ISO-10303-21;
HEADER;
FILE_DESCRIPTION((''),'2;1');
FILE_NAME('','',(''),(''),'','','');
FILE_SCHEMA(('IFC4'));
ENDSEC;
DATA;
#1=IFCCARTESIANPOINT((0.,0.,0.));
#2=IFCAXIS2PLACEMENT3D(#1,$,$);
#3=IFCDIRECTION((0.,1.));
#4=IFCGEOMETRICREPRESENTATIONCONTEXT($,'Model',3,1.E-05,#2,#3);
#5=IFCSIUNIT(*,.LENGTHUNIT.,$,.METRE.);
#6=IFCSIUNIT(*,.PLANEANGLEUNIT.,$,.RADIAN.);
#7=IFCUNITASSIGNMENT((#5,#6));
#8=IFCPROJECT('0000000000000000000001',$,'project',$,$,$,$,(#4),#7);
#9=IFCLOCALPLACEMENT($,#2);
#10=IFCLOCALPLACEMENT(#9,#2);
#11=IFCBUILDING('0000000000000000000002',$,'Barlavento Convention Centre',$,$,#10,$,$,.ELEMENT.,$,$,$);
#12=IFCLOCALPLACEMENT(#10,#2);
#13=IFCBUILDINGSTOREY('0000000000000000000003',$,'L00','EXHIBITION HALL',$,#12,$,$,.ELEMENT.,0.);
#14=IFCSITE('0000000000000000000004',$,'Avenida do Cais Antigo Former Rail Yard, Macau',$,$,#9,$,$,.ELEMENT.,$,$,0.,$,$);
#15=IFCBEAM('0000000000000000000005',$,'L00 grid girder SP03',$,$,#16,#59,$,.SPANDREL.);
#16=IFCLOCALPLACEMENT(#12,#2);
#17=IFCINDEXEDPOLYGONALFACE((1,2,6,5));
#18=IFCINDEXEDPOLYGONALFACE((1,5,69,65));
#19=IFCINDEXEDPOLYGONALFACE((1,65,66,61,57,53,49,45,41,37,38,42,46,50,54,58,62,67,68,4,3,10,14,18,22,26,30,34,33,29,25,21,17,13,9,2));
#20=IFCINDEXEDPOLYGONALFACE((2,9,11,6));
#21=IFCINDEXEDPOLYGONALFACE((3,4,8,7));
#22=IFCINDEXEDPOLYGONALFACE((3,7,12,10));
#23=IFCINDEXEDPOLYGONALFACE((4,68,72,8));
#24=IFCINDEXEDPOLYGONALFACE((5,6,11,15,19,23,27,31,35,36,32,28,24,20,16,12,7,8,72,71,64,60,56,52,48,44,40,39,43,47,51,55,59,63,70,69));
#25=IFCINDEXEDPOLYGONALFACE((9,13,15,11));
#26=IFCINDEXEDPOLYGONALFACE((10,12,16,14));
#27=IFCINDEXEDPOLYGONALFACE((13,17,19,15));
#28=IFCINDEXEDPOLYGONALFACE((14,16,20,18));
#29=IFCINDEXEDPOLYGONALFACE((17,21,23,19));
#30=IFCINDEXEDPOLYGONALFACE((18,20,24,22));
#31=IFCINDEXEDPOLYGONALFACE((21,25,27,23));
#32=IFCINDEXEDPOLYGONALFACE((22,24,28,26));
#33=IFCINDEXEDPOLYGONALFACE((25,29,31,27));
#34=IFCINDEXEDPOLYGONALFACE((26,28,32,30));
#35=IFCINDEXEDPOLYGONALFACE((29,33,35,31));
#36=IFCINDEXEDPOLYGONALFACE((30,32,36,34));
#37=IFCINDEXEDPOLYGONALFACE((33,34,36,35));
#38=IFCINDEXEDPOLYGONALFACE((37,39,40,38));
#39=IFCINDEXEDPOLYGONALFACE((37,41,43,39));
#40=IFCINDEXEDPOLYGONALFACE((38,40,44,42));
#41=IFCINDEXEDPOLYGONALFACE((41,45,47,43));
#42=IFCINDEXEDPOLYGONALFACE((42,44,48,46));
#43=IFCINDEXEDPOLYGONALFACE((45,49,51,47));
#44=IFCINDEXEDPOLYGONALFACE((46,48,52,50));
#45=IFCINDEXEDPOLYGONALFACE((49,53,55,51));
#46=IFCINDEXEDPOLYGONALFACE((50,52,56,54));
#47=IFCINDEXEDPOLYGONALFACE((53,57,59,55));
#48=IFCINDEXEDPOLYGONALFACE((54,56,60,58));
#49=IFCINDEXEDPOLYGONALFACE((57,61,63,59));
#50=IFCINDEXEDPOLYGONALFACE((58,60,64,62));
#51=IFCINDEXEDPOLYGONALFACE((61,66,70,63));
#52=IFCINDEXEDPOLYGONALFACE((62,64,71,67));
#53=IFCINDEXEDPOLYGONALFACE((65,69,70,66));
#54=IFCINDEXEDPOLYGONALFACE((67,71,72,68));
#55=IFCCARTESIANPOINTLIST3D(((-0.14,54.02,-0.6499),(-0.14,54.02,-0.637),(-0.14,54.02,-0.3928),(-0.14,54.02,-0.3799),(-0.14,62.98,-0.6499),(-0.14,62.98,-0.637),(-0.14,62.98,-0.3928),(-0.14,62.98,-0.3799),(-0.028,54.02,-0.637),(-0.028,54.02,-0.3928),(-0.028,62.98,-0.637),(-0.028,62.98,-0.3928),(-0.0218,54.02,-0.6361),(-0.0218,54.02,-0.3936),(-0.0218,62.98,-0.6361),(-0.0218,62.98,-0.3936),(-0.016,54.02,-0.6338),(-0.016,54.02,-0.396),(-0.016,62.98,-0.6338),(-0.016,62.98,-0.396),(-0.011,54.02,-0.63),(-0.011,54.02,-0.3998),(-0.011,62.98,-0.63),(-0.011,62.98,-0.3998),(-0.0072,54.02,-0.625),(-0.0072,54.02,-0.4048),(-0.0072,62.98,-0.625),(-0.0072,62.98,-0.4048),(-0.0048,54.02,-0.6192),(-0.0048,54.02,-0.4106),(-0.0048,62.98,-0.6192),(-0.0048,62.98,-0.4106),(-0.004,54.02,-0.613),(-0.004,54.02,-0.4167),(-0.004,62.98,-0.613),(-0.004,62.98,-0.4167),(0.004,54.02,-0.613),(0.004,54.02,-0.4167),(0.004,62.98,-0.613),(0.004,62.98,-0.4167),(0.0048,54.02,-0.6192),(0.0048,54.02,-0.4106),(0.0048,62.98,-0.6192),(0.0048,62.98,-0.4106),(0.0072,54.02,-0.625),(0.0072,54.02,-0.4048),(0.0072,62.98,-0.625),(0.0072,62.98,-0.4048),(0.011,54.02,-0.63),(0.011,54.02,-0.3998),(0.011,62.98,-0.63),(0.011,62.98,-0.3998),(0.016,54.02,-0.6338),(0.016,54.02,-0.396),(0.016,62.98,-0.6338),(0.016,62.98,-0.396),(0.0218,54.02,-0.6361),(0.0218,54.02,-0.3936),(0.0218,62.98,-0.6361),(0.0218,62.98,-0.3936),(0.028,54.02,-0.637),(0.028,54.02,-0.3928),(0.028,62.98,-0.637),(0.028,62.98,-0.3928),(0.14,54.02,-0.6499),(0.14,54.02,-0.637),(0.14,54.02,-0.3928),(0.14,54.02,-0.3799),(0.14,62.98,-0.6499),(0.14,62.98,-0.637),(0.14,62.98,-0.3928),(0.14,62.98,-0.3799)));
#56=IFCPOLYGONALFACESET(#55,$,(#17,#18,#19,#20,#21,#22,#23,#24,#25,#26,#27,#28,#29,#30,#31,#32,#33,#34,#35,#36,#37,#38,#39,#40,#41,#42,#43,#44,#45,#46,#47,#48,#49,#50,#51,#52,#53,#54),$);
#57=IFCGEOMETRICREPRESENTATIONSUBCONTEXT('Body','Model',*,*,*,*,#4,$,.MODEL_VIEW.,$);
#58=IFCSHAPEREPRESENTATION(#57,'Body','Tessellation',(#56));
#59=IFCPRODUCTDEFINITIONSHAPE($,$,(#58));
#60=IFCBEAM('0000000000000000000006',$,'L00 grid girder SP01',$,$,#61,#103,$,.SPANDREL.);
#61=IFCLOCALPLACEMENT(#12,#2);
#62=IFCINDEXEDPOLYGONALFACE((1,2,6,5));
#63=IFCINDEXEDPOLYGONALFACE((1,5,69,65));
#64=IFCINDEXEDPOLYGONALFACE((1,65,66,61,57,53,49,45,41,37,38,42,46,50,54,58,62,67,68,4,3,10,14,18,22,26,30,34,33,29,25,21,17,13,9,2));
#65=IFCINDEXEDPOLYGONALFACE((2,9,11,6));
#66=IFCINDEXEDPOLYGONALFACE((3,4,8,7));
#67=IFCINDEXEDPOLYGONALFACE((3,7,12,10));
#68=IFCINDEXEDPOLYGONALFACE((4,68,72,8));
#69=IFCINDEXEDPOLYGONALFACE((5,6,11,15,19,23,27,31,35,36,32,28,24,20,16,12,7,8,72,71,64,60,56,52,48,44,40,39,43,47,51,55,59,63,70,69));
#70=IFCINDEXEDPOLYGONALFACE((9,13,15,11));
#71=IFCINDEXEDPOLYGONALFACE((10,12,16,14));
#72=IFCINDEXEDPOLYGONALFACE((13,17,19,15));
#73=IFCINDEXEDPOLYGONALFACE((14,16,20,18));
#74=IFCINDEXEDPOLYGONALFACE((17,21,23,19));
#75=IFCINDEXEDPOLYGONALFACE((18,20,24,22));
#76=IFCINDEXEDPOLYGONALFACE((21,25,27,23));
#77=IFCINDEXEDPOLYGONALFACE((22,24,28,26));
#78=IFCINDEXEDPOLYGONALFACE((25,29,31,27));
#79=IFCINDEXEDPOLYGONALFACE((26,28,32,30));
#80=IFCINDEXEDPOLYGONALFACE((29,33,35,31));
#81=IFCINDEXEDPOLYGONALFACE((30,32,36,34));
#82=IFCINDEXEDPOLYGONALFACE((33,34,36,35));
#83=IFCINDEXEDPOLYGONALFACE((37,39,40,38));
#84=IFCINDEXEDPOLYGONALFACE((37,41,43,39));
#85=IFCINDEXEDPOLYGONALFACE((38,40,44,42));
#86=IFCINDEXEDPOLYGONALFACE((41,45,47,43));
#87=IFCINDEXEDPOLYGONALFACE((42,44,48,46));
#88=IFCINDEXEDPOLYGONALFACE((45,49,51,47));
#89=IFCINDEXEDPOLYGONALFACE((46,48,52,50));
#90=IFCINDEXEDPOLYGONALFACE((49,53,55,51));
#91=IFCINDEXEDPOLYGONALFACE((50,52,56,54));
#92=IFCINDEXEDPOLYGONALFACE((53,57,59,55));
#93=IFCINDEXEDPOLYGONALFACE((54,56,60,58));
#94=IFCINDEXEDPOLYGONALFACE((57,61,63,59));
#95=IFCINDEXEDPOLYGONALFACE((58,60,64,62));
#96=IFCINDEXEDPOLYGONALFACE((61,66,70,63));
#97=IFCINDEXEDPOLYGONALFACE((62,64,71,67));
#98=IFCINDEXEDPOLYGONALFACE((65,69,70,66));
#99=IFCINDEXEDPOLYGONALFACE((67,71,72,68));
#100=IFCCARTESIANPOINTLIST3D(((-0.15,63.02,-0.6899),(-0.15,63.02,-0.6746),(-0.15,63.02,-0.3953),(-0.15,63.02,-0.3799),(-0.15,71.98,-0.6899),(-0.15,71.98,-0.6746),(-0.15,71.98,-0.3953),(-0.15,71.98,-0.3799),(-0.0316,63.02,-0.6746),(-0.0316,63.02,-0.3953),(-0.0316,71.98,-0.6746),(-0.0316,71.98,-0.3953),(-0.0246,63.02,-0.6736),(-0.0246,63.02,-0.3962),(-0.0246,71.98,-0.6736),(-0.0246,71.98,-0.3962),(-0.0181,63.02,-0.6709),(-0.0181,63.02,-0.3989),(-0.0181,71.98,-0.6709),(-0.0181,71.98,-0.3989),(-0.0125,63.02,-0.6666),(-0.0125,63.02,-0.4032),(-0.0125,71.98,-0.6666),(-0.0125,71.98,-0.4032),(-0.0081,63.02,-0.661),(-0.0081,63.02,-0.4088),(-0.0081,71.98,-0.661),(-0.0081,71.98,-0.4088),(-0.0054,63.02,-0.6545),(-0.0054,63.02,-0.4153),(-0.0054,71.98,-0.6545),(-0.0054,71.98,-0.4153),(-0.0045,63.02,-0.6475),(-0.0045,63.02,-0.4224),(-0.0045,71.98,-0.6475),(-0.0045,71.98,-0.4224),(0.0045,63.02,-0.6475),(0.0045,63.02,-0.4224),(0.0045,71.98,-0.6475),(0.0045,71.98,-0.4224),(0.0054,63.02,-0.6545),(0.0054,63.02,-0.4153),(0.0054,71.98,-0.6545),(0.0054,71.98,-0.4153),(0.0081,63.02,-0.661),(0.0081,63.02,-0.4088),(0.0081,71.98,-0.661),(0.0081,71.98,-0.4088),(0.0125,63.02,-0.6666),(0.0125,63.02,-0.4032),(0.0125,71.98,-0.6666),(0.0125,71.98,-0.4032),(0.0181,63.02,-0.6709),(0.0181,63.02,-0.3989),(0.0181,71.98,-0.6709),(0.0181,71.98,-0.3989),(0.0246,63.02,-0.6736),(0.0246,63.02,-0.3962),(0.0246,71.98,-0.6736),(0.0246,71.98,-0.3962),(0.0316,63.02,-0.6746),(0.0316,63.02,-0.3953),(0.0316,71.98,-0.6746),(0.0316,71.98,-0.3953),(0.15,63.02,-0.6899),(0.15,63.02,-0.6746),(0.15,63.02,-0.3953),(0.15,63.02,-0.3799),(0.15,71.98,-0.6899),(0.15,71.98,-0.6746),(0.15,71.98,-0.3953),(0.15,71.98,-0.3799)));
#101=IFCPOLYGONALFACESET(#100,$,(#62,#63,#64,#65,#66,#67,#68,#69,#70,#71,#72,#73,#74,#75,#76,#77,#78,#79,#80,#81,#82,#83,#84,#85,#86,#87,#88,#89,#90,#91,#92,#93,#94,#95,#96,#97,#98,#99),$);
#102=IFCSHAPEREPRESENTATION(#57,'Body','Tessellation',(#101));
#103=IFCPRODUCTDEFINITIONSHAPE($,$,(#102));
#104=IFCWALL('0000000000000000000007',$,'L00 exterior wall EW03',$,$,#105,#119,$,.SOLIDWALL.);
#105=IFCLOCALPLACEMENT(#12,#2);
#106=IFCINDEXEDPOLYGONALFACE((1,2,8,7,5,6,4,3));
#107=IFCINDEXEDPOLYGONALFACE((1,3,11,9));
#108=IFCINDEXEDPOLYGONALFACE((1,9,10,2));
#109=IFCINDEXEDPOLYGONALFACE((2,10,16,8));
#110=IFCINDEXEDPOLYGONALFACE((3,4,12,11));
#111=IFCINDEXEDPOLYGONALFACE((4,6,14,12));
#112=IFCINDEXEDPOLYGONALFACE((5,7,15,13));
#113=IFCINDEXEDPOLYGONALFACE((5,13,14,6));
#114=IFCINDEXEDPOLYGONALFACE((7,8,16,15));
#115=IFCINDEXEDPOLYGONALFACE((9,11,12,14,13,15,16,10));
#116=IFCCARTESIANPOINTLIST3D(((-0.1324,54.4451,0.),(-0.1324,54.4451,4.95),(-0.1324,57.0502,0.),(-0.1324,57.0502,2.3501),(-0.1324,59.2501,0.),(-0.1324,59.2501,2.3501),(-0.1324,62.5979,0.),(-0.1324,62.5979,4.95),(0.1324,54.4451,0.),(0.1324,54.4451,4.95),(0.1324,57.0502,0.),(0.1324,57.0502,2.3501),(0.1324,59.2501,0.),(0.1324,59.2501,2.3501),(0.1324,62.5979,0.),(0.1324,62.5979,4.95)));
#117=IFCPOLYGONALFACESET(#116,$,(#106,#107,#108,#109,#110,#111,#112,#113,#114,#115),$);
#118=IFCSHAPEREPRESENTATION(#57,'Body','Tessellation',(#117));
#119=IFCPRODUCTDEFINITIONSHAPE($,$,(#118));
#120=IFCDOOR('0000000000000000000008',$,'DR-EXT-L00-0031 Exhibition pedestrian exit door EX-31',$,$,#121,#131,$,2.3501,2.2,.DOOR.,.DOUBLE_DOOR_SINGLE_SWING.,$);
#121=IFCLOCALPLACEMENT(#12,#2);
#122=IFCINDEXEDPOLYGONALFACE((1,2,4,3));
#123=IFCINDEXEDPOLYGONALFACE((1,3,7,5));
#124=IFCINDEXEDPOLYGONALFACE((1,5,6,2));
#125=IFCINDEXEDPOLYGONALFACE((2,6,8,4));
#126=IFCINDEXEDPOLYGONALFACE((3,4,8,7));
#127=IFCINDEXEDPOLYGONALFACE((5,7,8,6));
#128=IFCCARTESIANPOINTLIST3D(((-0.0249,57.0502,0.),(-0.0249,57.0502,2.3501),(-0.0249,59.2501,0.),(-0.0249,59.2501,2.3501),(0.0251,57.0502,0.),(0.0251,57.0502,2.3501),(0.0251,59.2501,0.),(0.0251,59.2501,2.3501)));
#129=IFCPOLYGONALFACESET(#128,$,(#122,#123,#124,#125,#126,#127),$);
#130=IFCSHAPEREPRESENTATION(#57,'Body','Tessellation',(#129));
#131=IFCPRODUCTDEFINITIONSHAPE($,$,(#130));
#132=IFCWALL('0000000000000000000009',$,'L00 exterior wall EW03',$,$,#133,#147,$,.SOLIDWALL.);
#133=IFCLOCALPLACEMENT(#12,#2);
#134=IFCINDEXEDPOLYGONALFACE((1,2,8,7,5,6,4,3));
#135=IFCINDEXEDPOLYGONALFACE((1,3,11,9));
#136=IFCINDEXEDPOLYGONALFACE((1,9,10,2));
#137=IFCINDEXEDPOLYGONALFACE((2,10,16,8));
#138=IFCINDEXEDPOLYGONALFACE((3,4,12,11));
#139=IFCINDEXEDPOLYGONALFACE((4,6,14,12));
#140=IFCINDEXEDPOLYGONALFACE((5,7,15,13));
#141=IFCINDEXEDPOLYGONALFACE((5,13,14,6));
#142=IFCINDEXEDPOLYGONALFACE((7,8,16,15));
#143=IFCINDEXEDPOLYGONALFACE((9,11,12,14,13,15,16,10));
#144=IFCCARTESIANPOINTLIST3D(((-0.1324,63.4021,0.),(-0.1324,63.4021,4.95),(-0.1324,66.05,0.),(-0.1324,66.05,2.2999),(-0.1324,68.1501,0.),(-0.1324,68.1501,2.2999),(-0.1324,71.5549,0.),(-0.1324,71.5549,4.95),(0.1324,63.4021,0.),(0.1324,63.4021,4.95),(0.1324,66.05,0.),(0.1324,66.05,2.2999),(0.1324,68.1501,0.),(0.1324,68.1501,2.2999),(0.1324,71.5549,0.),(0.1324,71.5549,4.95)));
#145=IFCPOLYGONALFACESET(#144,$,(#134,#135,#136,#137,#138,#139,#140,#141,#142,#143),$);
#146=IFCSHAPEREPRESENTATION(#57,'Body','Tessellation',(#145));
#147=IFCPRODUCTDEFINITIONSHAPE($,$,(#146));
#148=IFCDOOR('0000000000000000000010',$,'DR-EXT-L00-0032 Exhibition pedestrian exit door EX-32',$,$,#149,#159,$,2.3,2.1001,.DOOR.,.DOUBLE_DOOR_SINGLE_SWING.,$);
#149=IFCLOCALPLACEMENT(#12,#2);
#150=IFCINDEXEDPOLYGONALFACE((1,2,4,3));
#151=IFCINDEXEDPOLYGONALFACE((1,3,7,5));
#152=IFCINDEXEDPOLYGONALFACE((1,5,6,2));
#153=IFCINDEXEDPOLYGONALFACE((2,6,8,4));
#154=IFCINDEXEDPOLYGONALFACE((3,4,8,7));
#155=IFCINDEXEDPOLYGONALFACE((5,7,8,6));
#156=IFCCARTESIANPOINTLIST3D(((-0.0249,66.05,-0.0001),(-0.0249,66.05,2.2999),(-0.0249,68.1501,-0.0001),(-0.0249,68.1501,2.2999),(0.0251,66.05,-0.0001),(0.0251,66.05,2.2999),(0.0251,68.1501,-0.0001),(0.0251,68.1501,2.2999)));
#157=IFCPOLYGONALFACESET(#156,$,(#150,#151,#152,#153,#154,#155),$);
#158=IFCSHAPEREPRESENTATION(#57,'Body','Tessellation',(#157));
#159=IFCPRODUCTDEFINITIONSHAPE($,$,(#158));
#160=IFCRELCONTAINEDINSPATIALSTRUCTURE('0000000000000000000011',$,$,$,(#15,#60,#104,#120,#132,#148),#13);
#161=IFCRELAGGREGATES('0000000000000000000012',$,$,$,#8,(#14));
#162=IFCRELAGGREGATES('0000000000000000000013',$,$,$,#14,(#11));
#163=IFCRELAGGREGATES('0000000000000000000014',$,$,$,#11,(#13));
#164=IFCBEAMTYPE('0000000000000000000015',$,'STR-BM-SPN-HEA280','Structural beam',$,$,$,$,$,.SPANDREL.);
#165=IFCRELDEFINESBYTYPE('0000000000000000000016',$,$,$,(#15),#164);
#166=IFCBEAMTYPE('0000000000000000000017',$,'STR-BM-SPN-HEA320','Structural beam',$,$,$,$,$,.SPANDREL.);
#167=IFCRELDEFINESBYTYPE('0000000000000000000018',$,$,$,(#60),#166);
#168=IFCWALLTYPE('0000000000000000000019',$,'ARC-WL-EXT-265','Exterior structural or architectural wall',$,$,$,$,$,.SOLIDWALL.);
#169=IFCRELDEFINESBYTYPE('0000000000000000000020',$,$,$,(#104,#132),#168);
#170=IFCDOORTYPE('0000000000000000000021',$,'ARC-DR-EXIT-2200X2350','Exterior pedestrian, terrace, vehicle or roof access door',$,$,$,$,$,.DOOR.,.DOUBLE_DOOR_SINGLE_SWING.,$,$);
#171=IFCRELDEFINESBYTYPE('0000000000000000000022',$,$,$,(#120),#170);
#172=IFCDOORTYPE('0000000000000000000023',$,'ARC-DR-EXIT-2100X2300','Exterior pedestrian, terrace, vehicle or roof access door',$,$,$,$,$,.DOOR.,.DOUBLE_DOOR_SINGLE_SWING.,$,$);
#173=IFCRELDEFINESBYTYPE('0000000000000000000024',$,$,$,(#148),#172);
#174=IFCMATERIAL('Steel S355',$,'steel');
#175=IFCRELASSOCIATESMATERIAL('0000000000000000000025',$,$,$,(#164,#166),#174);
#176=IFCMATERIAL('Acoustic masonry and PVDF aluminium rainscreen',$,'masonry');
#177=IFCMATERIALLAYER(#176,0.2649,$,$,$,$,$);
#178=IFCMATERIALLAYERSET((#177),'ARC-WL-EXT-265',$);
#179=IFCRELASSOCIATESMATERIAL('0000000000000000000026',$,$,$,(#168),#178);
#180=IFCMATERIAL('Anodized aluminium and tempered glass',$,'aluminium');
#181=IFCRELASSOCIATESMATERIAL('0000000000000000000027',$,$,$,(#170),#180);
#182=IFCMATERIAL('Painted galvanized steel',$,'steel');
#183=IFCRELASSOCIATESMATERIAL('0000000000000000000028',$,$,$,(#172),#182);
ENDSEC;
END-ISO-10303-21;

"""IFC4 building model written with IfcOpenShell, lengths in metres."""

from ifc_helpers import new_model, si_unit, direction, frame, frame_2d, origin, origin_2d, place, context, subcontext, project, spatial, rectangle, i_section, extrude, material, layer, layer_set, material_profile, profile_set, type_object, element, fill, save


model = new_model("IFC4")

# Units and contexts
model_context = context("Model", 3, precision=1e-05, world=origin(), true_north=direction((0.0, 1.0)))
body_context = subcontext(model_context, "Body", "Model", "MODEL_VIEW")
ifc_project = project(units=[si_unit("LENGTHUNIT", "METRE"), si_unit("PLANEANGLEUNIT", "RADIAN")], contexts=[model_context])

# Site, building, storey
site_placement = place(None, origin())
site = spatial("IfcSite", under=ifc_project, at=site_placement, Name="Avenida do Cais Antigo Former Rail Yard, Macau", CompositionType="ELEMENT", RefElevation=0.0)
building_placement = place(site_placement, origin())
building = spatial("IfcBuilding", under=site, at=building_placement, Name="Barlavento Convention Centre", CompositionType="ELEMENT")
storey_placement = place(building_placement, origin())
storey = spatial("IfcBuildingStorey", under=building, at=storey_placement, Name="L00", Description="EXHIBITION HALL", CompositionType="ELEMENT", Elevation=0.0)

# Beams
ifc_material_1 = material(Name="Steel S355", Category="steel")
ifc_material_profile_1 = material_profile(ifc_material_1, i_section(OverallWidth=0.28, OverallDepth=0.27, WebThickness=0.0081, FlangeThickness=0.0129, FilletRadius=0.0239, at=origin_2d()), Name="HEA 280")
ifc_profile_set_1 = profile_set([ifc_material_profile_1], Name="Steel S355")
beam_type_1 = type_object("IfcBeamType", Name="STR-BM-SPN-HEA280", Description="Structural beam", PredefinedType="SPANDREL", material=ifc_profile_set_1)
beam_1_placement = place(storey_placement, frame((0.0, 54.02, -0.5149), z_axis=(0.0, 1.0, 0.0), x_axis=(-1.0, 0.0, 0.0)))
element("IfcBeam", 1, at=beam_1_placement, inside=storey, type_object=beam_type_1, Name="L00 grid girder SP03", PredefinedType="SPANDREL", context=body_context, shape_type="SweptSolid", body=[
    extrude(i_section(OverallWidth=0.28, OverallDepth=0.27, WebThickness=0.0081, FlangeThickness=0.0129, FilletRadius=0.0239, at=origin_2d()), origin(), (0.0, 0.0, 1.0), 8.96),
])
ifc_material_profile_2 = material_profile(ifc_material_1, i_section(OverallWidth=0.3, OverallDepth=0.3101, WebThickness=0.009, FlangeThickness=0.0154, FilletRadius=0.0271, at=origin_2d()), Name="HEA 320")
ifc_profile_set_2 = profile_set([ifc_material_profile_2], Name="Steel S355")
beam_type_2 = type_object("IfcBeamType", Name="STR-BM-SPN-HEA320", Description="Structural beam", PredefinedType="SPANDREL", material=ifc_profile_set_2)
beam_2_placement = place(storey_placement, frame((0.0, 63.02, -0.5349), z_axis=(0.0, 1.0, 0.0), x_axis=(-1.0, 0.0, 0.0)))
element("IfcBeam", 2, at=beam_2_placement, inside=storey, type_object=beam_type_2, Name="L00 grid girder SP01", PredefinedType="SPANDREL", context=body_context, shape_type="SweptSolid", body=[
    extrude(i_section(OverallWidth=0.3, OverallDepth=0.3101, WebThickness=0.009, FlangeThickness=0.0154, FilletRadius=0.0271, at=origin_2d()), origin(), (0.0, 0.0, 1.0), 8.96),
])

# Walls, openings, doors
ifc_material_2 = material(Name="Acoustic masonry and PVDF aluminium rainscreen", Category="masonry")
ifc_layer_1 = layer(ifc_material_2, 0.2649)
ifc_layer_set_1 = layer_set([ifc_layer_1], Name="ARC-WL-EXT-265")
wall_type_1 = type_object("IfcWallType", Name="ARC-WL-EXT-265", Description="Exterior structural or architectural wall", PredefinedType="SOLIDWALL", material=ifc_layer_set_1)
wall_1_placement = place(storey_placement, frame((0.0, 54.4451, 0.0), z_axis=(0.0, 0.0, 1.0), x_axis=(0.0, 1.0, 0.0)))
wall_1 = element("IfcWall", 3, at=wall_1_placement, inside=storey, type_object=wall_type_1, Name="L00 exterior wall EW03", PredefinedType="SOLIDWALL", context=body_context, shape_type="SweptSolid", body=[
    extrude(rectangle(XDim=8.1528, YDim=0.2649, at=frame_2d((4.0764, 0.0))), origin(), (0.0, 0.0, 1.0), 4.95),
])
opening_1_placement = place(wall_1_placement, frame((2.605, 0.0, 0.0)))
opening_1 = element("IfcOpeningElement", 4, at=opening_1_placement, cuts=wall_1, PredefinedType="OPENING", context=body_context, shape_type="SweptSolid", body=[
    extrude(rectangle(XDim=2.2, YDim=2.3501, at=frame_2d((1.1001, 1.175))), frame((0.0, 0.1423, 0.0), z_axis=(0.0, -1.0, 0.0), x_axis=(1.0, 0.0, 0.0)), (0.0, 0.0, 1.0), 0.2849),
])
ifc_material_3 = material(Name="Anodized aluminium and tempered glass", Category="aluminium")
door_type_1 = type_object("IfcDoorType", Name="ARC-DR-EXIT-2200X2350", Description="Exterior pedestrian, terrace, vehicle or roof access door", OperationType="DOUBLE_DOOR_SINGLE_SWING", PredefinedType="DOOR", material=ifc_material_3)
door_1_placement = place(opening_1_placement, origin())
door_1 = element("IfcDoor", 5, at=door_1_placement, inside=storey, type_object=door_type_1, Name="DR-EXT-L00-0031 Exhibition pedestrian exit door EX-31", OperationType="DOUBLE_DOOR_SINGLE_SWING", OverallHeight=2.3501, OverallWidth=2.2, PredefinedType="DOOR", context=body_context, shape_type="SweptSolid", body=[
    extrude(rectangle(XDim=2.2, YDim=2.3501, at=frame_2d((1.1001, 1.175))), frame((0.0, 0.0249, 0.0), z_axis=(0.0, -1.0, 0.0), x_axis=(1.0, 0.0, 0.0)), (0.0, 0.0, 1.0), 0.05),
])
fill(opening_1, door_1)
wall_2_placement = place(storey_placement, frame((0.0, 63.4021, 0.0), z_axis=(0.0, 0.0, 1.0), x_axis=(0.0, 1.0, 0.0)))
wall_2 = element("IfcWall", 6, at=wall_2_placement, inside=storey, type_object=wall_type_1, Name="L00 exterior wall EW03", PredefinedType="SOLIDWALL", context=body_context, shape_type="SweptSolid", body=[
    extrude(rectangle(XDim=8.1528, YDim=0.2649, at=frame_2d((4.0764, 0.0))), origin(), (0.0, 0.0, 1.0), 4.95),
])
opening_2_placement = place(wall_2_placement, frame((2.6479, 0.0, 0.0)))
opening_2 = element("IfcOpeningElement", 7, at=opening_2_placement, cuts=wall_2, PredefinedType="OPENING", context=body_context, shape_type="SweptSolid", body=[
    extrude(rectangle(XDim=2.1001, YDim=2.3, at=frame_2d((1.05, 1.1499))), frame((0.0, 0.1423, 0.0), z_axis=(0.0, -1.0, 0.0), x_axis=(1.0, 0.0, 0.0)), (0.0, 0.0, 1.0), 0.2849),
])
ifc_material_4 = material(Name="Painted galvanized steel", Category="steel")
door_type_2 = type_object("IfcDoorType", Name="ARC-DR-EXIT-2100X2300", Description="Exterior pedestrian, terrace, vehicle or roof access door", OperationType="DOUBLE_DOOR_SINGLE_SWING", PredefinedType="DOOR", material=ifc_material_4)
door_2_placement = place(opening_2_placement, origin())
door_2 = element("IfcDoor", 8, at=door_2_placement, inside=storey, type_object=door_type_2, Name="DR-EXT-L00-0032 Exhibition pedestrian exit door EX-32", OperationType="DOUBLE_DOOR_SINGLE_SWING", OverallHeight=2.3, OverallWidth=2.1001, PredefinedType="DOOR", context=body_context, shape_type="SweptSolid", body=[
    extrude(rectangle(XDim=2.1001, YDim=2.3, at=frame_2d((1.05, 1.1499))), frame((0.0, 0.0249, 0.0), z_axis=(0.0, -1.0, 0.0), x_axis=(1.0, 0.0, 0.0)), (0.0, 0.0, 1.0), 0.05),
])
fill(opening_2, door_2)

save(model, "model.ifc")
